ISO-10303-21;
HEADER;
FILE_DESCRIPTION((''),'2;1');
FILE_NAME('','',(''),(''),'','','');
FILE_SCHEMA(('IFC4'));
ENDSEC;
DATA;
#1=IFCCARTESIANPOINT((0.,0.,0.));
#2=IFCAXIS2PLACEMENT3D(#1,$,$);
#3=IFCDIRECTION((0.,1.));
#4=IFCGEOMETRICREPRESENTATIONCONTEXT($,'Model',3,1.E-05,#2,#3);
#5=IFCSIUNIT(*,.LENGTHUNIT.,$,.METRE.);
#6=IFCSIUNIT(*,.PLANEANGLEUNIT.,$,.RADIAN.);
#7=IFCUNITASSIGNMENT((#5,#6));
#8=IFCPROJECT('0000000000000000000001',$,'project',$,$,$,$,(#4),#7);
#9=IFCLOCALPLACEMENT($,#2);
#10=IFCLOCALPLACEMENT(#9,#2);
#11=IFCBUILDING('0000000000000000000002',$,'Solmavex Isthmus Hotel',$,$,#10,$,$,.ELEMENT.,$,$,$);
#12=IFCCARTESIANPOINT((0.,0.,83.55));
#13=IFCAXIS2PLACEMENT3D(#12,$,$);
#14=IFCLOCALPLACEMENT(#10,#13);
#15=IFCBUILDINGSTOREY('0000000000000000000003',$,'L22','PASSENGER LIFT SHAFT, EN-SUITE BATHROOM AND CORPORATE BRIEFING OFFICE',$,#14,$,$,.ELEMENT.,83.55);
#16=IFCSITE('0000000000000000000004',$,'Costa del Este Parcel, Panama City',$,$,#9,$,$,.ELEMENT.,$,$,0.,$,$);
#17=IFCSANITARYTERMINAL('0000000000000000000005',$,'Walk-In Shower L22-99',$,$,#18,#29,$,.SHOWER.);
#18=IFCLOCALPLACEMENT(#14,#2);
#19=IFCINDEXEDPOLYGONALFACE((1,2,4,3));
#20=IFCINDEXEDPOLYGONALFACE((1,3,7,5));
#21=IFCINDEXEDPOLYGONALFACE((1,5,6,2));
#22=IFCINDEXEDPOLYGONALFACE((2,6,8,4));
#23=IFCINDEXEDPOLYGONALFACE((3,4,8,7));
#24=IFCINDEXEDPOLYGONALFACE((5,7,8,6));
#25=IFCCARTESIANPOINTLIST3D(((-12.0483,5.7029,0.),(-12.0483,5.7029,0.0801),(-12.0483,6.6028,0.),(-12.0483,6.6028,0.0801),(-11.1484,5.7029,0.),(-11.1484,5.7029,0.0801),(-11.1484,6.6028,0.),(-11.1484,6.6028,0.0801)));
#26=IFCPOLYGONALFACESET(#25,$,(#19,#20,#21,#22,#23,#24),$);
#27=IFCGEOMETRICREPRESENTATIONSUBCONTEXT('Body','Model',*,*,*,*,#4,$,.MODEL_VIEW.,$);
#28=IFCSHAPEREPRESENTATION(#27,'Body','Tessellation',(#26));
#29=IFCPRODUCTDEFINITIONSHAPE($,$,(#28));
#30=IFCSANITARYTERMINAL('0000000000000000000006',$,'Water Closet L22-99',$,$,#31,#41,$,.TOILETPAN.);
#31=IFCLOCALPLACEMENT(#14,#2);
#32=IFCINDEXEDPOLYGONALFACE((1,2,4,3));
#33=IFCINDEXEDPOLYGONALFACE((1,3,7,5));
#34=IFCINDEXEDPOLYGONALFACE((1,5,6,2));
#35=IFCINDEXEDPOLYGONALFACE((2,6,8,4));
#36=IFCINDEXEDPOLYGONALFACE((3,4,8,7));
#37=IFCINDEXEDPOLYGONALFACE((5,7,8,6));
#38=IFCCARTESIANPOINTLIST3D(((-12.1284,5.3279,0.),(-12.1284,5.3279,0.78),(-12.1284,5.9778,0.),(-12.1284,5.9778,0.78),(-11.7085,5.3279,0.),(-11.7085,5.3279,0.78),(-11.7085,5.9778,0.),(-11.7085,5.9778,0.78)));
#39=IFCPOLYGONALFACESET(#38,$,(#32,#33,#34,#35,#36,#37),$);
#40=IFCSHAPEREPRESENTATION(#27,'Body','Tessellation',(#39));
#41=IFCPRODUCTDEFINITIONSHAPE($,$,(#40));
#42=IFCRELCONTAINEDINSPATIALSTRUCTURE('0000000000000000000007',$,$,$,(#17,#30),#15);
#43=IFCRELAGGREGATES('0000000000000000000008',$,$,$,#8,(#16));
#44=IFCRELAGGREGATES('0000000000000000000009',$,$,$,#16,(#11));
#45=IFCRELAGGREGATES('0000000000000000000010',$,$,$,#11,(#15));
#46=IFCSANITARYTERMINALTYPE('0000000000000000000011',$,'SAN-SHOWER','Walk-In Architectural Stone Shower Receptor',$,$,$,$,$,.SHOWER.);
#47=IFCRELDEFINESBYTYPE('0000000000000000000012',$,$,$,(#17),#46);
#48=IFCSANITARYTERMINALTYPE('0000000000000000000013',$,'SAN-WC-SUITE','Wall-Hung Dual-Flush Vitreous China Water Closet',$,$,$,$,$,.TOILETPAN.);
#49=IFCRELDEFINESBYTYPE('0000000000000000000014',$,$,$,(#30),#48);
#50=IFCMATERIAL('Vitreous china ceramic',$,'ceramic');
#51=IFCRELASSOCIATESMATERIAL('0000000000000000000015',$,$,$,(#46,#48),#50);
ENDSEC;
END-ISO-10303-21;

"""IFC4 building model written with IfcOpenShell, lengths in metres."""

from ifc_helpers import new_model, si_unit, direction, frame, origin, origin_2d, place, context, subcontext, project, spatial, rectangle, extrude, material, type_object, element, save


model = new_model("IFC4")

# Units and contexts
model_context = context("Model", 3, precision=1e-05, world=origin(), true_north=direction((0.0, 1.0)))
body_context = subcontext(model_context, "Body", "Model", "MODEL_VIEW")
ifc_project = project(units=[si_unit("LENGTHUNIT", "METRE"), si_unit("PLANEANGLEUNIT", "RADIAN")], contexts=[model_context])

# Site, building, storey
site_placement = place(None, origin())
site = spatial("IfcSite", under=ifc_project, at=site_placement, Name="Costa del Este Parcel, Panama City", CompositionType="ELEMENT", RefElevation=0.0)
building_placement = place(site_placement, origin())
building = spatial("IfcBuilding", under=site, at=building_placement, Name="Solmavex Isthmus Hotel", CompositionType="ELEMENT")
storey_placement = place(building_placement, frame((0.0, 0.0, 83.55)))
storey = spatial("IfcBuildingStorey", under=building, at=storey_placement, Name="L22", Description="PASSENGER LIFT SHAFT, EN-SUITE BATHROOM AND CORPORATE BRIEFING OFFICE", CompositionType="ELEMENT", Elevation=83.55)

# Sanitary terminals
ifc_material_1 = material(Name="Vitreous china ceramic", Category="ceramic")
sanitary_terminal_type_1 = type_object("IfcSanitaryTerminalType", Name="SAN-SHOWER", Description="Walk-In Architectural Stone Shower Receptor", PredefinedType="SHOWER", material=ifc_material_1)
sanitary_terminal_1_placement = place(storey_placement, frame((-11.5984, 6.1528, 0.0), z_axis=(0.0, 0.0, 1.0), x_axis=(1.0, 0.0, 0.0)))
element("IfcSanitaryTerminal", 1, at=sanitary_terminal_1_placement, inside=storey, type_object=sanitary_terminal_type_1, Name="Walk-In Shower L22-99", PredefinedType="SHOWER", context=body_context, shape_type="SweptSolid", body=[
    extrude(rectangle(XDim=0.8999, YDim=0.8999, at=origin_2d()), origin(), (0.0, 0.0, 1.0), 0.0801),
])
sanitary_terminal_type_2 = type_object("IfcSanitaryTerminalType", Name="SAN-WC-SUITE", Description="Wall-Hung Dual-Flush Vitreous China Water Closet", PredefinedType="TOILETPAN", material=ifc_material_1)
sanitary_terminal_2_placement = place(storey_placement, frame((-11.9185, 5.6528, 0.0), z_axis=(0.0, 0.0, 1.0), x_axis=(1.0, 0.0, 0.0)))
element("IfcSanitaryTerminal", 2, at=sanitary_terminal_2_placement, inside=storey, type_object=sanitary_terminal_type_2, Name="Water Closet L22-99", PredefinedType="TOILETPAN", context=body_context, shape_type="SweptSolid", body=[
    extrude(rectangle(XDim=0.4199, YDim=0.6499, at=origin_2d()), origin(), (0.0, 0.0, 1.0), 0.78),
])

save(model, "model.ifc")
